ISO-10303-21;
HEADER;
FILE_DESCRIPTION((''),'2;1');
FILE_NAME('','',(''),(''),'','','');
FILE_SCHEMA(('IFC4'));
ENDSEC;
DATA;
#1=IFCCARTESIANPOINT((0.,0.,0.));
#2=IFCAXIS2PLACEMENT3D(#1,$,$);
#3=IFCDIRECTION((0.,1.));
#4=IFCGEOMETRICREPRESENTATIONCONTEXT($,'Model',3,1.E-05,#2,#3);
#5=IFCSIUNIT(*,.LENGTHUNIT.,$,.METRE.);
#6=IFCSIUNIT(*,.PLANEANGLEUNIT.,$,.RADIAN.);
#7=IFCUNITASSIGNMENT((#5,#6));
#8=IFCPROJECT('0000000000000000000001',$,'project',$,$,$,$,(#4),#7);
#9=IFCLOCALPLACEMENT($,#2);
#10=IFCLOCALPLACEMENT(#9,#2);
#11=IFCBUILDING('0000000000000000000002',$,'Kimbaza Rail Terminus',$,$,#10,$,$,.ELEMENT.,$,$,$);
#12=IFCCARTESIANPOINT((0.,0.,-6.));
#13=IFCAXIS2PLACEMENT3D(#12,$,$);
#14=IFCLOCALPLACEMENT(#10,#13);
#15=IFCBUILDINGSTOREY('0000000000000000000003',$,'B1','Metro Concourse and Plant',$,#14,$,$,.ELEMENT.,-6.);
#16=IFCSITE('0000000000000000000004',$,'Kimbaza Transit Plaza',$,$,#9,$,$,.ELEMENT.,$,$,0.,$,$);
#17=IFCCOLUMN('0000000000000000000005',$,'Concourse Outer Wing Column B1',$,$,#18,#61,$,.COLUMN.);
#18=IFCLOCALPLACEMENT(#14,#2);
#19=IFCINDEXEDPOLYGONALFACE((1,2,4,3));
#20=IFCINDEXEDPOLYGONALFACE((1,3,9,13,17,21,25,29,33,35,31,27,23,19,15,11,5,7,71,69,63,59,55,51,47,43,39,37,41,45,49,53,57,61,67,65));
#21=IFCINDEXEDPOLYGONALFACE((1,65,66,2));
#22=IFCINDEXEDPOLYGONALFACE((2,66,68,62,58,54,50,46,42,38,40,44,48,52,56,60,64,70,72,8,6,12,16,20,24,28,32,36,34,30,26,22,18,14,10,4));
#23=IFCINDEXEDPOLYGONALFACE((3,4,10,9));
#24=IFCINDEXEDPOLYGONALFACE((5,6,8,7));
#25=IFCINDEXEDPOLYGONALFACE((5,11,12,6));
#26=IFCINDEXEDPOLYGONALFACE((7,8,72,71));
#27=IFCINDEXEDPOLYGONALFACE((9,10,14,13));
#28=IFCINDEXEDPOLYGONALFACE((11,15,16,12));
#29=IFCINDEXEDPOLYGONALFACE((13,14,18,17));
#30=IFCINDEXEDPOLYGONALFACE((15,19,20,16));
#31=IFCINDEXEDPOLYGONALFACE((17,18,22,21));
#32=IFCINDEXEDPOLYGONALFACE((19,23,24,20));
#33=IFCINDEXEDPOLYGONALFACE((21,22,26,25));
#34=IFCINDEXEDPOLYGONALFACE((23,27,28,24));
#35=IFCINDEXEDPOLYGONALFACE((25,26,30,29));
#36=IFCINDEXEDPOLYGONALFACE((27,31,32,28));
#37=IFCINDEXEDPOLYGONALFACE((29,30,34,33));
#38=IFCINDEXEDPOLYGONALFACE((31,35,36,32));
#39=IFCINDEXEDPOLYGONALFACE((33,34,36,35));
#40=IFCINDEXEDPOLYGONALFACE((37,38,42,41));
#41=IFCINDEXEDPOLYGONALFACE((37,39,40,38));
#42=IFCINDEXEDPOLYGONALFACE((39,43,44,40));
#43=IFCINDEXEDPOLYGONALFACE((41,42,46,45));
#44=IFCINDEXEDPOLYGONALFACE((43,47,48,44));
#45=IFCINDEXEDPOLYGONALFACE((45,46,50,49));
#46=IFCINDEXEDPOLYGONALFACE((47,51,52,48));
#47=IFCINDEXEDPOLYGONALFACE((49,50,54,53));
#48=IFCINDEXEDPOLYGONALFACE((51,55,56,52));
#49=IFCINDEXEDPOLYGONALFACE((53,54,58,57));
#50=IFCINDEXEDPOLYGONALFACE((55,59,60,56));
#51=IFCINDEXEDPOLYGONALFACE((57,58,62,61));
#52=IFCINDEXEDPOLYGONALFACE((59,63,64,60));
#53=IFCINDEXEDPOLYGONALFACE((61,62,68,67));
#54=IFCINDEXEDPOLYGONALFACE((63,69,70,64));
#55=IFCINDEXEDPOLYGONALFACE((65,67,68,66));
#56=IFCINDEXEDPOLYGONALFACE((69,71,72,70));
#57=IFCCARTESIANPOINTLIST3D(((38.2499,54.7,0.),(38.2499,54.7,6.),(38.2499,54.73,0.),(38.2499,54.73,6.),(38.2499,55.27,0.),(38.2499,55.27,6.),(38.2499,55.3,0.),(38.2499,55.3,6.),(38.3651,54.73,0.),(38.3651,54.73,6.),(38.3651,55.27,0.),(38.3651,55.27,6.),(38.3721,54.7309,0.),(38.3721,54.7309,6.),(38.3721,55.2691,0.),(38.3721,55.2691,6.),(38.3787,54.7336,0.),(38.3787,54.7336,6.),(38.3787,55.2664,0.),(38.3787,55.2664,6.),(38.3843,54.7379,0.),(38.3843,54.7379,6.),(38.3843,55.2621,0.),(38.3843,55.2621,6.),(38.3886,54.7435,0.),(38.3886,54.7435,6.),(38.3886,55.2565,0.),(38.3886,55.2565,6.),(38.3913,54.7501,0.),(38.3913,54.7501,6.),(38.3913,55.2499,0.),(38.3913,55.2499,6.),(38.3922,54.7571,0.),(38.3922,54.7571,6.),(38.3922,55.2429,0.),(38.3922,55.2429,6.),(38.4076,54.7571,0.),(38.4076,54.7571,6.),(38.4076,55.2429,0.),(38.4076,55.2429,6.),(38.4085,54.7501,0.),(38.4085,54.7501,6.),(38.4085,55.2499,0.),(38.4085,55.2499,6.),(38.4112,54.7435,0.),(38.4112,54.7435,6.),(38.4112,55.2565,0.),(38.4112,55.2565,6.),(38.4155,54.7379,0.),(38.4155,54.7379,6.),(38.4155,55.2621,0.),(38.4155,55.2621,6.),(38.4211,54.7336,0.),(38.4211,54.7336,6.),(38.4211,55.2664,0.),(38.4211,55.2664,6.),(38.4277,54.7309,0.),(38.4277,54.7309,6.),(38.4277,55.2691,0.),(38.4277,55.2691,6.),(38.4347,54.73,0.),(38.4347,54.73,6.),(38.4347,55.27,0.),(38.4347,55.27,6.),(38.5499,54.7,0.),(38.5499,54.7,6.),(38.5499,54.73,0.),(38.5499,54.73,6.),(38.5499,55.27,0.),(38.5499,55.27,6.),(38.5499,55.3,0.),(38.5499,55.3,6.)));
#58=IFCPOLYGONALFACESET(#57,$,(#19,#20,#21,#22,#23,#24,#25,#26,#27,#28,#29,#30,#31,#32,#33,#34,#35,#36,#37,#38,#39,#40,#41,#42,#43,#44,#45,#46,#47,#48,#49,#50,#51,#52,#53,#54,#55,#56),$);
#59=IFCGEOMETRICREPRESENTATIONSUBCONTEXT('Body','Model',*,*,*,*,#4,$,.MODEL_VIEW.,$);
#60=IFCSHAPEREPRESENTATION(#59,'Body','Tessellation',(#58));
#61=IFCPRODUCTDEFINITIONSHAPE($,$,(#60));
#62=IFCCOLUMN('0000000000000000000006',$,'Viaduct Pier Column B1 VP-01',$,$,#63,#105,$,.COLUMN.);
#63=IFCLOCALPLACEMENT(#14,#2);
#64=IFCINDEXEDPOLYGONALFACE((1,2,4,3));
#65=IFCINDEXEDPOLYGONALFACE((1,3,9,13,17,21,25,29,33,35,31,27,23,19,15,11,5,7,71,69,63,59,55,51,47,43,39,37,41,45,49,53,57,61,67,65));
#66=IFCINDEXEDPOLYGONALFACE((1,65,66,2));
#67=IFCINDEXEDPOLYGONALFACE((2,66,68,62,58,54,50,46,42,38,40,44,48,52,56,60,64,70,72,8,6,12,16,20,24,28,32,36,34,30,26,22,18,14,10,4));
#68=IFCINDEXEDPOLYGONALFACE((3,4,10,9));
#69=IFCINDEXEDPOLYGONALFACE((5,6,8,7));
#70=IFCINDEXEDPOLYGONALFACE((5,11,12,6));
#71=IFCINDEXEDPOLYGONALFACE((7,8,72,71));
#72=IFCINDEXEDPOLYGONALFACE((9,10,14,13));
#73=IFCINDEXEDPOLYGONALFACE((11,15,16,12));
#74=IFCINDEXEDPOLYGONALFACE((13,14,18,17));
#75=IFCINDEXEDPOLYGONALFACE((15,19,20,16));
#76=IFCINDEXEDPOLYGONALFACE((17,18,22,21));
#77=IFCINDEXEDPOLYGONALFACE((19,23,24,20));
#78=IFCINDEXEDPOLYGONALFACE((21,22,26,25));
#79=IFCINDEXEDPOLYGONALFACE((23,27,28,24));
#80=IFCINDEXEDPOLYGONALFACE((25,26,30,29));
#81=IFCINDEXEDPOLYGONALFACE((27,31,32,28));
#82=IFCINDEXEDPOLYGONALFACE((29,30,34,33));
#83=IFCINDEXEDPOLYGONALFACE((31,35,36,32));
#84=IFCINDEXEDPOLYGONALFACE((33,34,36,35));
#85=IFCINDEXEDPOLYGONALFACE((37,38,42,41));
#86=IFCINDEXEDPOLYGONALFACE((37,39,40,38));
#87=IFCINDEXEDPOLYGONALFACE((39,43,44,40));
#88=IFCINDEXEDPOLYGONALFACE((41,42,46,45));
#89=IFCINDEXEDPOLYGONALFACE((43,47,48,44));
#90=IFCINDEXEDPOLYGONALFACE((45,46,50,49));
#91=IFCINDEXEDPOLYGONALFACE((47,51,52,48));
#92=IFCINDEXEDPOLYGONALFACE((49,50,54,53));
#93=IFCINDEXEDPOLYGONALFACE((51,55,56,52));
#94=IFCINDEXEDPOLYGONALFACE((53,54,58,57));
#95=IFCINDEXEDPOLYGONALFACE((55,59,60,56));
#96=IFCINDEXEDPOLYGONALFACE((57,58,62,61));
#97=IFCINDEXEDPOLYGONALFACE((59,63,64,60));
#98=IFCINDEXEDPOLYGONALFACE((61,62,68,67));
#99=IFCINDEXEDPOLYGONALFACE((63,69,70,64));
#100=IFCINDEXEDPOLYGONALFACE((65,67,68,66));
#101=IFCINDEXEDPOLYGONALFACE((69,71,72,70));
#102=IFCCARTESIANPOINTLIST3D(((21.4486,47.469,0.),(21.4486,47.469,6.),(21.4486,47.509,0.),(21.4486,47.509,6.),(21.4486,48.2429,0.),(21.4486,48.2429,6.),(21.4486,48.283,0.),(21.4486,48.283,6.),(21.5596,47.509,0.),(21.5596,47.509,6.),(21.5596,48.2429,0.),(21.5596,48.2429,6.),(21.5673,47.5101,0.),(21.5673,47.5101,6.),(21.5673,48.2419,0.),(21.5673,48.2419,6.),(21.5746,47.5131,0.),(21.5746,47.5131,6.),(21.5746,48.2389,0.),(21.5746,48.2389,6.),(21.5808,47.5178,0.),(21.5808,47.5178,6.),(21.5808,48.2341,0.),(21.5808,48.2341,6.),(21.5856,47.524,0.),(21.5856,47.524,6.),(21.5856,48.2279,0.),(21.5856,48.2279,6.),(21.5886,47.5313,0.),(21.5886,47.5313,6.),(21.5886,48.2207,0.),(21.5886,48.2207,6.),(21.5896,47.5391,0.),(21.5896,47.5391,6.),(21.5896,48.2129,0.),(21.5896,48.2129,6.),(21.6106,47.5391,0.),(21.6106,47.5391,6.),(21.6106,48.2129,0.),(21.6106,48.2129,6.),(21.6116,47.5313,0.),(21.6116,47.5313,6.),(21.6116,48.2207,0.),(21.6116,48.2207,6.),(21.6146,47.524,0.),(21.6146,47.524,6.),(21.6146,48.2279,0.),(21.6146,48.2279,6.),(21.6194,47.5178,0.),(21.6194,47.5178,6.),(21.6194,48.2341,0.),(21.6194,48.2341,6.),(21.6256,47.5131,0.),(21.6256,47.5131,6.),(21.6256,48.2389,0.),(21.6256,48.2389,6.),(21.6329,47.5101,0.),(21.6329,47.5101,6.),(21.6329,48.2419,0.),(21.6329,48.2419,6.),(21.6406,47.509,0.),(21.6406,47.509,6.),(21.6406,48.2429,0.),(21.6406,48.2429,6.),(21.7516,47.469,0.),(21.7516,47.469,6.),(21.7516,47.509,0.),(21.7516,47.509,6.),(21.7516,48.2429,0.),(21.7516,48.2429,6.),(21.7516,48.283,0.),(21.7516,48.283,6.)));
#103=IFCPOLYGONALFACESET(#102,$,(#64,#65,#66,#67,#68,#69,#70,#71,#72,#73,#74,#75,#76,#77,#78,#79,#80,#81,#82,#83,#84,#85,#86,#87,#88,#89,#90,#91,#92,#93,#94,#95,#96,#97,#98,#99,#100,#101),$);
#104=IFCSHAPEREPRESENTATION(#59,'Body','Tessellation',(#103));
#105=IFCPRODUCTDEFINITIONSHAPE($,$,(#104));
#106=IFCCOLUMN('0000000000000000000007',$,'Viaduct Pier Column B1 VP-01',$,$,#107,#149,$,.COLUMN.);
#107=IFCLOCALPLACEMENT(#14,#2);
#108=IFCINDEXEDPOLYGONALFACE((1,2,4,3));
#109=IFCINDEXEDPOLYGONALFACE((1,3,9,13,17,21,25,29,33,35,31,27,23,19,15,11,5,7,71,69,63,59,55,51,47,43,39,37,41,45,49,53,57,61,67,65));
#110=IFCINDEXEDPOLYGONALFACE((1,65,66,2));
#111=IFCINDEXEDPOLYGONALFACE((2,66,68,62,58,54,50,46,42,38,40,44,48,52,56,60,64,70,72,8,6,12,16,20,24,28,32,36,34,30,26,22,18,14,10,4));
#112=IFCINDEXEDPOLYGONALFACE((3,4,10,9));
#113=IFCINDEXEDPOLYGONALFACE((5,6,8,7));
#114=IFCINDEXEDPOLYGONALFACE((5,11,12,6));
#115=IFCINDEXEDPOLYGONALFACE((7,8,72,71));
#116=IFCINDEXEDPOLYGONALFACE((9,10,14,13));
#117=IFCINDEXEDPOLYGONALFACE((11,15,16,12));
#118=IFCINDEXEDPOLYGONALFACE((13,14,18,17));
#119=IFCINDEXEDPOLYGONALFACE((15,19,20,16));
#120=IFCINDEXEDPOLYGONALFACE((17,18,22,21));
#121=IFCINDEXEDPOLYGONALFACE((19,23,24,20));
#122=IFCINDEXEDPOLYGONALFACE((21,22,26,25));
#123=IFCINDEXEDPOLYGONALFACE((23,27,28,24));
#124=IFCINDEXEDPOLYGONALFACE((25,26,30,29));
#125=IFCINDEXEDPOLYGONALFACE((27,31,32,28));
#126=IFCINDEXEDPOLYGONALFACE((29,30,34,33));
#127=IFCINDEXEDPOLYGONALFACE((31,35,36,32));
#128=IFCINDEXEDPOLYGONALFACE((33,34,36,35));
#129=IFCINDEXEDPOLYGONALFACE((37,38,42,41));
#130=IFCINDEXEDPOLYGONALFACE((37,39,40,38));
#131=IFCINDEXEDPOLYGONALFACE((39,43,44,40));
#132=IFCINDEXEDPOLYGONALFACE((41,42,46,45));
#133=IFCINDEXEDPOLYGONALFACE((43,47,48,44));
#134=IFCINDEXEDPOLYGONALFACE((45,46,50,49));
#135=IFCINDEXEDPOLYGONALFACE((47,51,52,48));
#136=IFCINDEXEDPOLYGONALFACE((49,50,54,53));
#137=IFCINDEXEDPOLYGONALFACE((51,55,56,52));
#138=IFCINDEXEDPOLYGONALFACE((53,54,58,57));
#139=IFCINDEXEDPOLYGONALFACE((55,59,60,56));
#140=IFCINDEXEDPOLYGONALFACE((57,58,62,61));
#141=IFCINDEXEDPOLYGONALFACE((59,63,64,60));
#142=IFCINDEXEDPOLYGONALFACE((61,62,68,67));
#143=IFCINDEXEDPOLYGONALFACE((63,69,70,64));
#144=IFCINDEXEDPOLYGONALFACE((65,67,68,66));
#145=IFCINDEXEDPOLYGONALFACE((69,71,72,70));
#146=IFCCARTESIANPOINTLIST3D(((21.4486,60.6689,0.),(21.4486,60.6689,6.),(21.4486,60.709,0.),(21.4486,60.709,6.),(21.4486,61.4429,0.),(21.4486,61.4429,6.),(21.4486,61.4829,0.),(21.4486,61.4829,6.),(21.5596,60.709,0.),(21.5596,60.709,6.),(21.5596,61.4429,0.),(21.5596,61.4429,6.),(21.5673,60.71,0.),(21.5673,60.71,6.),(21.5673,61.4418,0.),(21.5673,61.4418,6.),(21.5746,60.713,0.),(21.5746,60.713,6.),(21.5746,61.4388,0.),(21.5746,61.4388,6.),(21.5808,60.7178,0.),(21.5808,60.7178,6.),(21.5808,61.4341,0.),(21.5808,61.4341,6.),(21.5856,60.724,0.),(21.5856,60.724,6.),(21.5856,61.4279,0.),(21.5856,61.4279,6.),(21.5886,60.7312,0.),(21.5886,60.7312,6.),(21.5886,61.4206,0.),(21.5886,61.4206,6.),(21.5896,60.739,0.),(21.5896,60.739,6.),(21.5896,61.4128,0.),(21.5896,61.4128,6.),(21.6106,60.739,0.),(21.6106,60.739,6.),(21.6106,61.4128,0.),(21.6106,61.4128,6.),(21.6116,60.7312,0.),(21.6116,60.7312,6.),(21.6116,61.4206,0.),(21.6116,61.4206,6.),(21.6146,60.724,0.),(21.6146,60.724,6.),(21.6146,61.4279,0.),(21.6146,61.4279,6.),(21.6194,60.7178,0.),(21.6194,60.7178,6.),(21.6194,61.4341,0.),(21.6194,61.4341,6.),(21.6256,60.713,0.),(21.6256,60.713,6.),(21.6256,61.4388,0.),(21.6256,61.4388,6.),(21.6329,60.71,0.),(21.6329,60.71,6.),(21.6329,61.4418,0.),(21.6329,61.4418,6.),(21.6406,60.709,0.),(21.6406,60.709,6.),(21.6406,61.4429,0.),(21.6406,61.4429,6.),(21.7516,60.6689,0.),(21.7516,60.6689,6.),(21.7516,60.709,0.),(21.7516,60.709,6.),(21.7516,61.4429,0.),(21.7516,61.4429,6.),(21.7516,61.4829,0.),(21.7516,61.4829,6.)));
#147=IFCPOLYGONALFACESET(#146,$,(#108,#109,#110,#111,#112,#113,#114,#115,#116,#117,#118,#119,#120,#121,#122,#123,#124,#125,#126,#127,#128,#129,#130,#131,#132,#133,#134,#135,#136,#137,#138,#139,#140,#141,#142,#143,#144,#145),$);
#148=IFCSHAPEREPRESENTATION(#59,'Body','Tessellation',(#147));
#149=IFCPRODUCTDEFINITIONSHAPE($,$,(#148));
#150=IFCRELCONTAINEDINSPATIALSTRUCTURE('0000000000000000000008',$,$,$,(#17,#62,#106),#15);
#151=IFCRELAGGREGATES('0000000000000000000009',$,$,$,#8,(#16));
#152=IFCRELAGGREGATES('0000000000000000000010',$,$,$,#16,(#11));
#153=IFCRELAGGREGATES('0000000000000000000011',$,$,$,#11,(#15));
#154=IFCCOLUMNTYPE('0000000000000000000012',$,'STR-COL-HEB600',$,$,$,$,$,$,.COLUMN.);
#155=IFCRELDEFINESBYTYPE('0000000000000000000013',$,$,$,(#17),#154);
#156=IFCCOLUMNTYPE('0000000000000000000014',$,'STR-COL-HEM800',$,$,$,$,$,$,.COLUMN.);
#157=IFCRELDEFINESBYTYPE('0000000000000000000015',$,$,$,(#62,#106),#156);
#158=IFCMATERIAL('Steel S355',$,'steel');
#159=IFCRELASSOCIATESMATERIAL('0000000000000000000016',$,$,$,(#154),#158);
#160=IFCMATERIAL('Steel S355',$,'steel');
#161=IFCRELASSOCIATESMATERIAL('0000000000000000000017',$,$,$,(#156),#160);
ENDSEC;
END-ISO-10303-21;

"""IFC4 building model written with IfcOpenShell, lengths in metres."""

from ifc_helpers import new_model, si_unit, direction, frame, origin, origin_2d, place, context, subcontext, project, spatial, i_section, extrude, material, material_profile, profile_set, type_object, element, save


model = new_model("IFC4")

# Units and contexts
model_context = context("Model", 3, precision=1e-05, world=origin(), true_north=direction((0.0, 1.0)))
body_context = subcontext(model_context, "Body", "Model", "MODEL_VIEW")
ifc_project = project(units=[si_unit("LENGTHUNIT", "METRE"), si_unit("PLANEANGLEUNIT", "RADIAN")], contexts=[model_context])

# Site, building, storey
site_placement = place(None, origin())
site = spatial("IfcSite", under=ifc_project, at=site_placement, Name="Kimbaza Transit Plaza", CompositionType="ELEMENT", RefElevation=0.0)
building_placement = place(site_placement, origin())
building = spatial("IfcBuilding", under=site, at=building_placement, Name="Kimbaza Rail Terminus", CompositionType="ELEMENT")
storey_placement = place(building_placement, frame((0.0, 0.0, -6.0)))
storey = spatial("IfcBuildingStorey", under=building, at=storey_placement, Name="B1", Description="Metro Concourse and Plant", CompositionType="ELEMENT", Elevation=-6.0)

# Columns
ifc_material_1 = material(Name="Steel S355", Category="steel")
ifc_material_profile_1 = material_profile(ifc_material_1, i_section(OverallWidth=0.3, OverallDepth=0.6001, WebThickness=0.0154, FlangeThickness=0.03, FilletRadius=0.0271, at=origin_2d()), Name="HEB 600")
ifc_profile_set_1 = profile_set([ifc_material_profile_1], Name="Steel S355")
column_type_1 = type_object("IfcColumnType", Name="STR-COL-HEB600", PredefinedType="COLUMN", material=ifc_profile_set_1)
column_placement = place(storey_placement, frame((38.3999, 55.0, 0.0), z_axis=(0.0, 0.0, 1.0), x_axis=(1.0, 0.0, 0.0)))
element("IfcColumn", 1, at=column_placement, inside=storey, type_object=column_type_1, Name="Concourse Outer Wing Column B1", PredefinedType="COLUMN", context=body_context, shape_type="SweptSolid", body=[
    extrude(i_section(OverallWidth=0.3, OverallDepth=0.6001, WebThickness=0.0154, FlangeThickness=0.03, FilletRadius=0.0271, at=origin_2d()), origin(), (0.0, 0.0, 1.0), 6.0),
])
ifc_material_2 = material(Name="Steel S355", Category="steel")
ifc_material_profile_2 = material_profile(ifc_material_2, i_section(OverallWidth=0.303, OverallDepth=0.814, WebThickness=0.021, FlangeThickness=0.04, FilletRadius=0.03, at=origin_2d()), Name="HEM 800")
ifc_profile_set_2 = profile_set([ifc_material_profile_2], Name="Steel S355")
column_type_2 = type_object("IfcColumnType", Name="STR-COL-HEM800", PredefinedType="COLUMN", material=ifc_profile_set_2)
for number, where, z_axis, x_axis, name in (
    (2, (21.6001, 47.876, 0.0), (0.0, 0.0, 1.0), (1.0, 0.0, 0.0), "Viaduct Pier Column B1 VP-01"),
    (3, (21.6001, 61.0759, 0.0), (0.0, 0.0, 1.0), (1.0, 0.0, 0.0), "Viaduct Pier Column B1 VP-01"),
):
    element("IfcColumn", number, at=place(storey_placement, frame(where, z_axis=z_axis, x_axis=x_axis)), inside=storey, type_object=column_type_2, Name=name, PredefinedType="COLUMN", context=body_context, shape_type="SweptSolid", body=[
        extrude(i_section(OverallWidth=0.303, OverallDepth=0.814, WebThickness=0.021, FlangeThickness=0.04, FilletRadius=0.03, at=origin_2d()), origin(), (0.0, 0.0, 1.0), 6.0),
    ])

save(model, "model.ifc")
